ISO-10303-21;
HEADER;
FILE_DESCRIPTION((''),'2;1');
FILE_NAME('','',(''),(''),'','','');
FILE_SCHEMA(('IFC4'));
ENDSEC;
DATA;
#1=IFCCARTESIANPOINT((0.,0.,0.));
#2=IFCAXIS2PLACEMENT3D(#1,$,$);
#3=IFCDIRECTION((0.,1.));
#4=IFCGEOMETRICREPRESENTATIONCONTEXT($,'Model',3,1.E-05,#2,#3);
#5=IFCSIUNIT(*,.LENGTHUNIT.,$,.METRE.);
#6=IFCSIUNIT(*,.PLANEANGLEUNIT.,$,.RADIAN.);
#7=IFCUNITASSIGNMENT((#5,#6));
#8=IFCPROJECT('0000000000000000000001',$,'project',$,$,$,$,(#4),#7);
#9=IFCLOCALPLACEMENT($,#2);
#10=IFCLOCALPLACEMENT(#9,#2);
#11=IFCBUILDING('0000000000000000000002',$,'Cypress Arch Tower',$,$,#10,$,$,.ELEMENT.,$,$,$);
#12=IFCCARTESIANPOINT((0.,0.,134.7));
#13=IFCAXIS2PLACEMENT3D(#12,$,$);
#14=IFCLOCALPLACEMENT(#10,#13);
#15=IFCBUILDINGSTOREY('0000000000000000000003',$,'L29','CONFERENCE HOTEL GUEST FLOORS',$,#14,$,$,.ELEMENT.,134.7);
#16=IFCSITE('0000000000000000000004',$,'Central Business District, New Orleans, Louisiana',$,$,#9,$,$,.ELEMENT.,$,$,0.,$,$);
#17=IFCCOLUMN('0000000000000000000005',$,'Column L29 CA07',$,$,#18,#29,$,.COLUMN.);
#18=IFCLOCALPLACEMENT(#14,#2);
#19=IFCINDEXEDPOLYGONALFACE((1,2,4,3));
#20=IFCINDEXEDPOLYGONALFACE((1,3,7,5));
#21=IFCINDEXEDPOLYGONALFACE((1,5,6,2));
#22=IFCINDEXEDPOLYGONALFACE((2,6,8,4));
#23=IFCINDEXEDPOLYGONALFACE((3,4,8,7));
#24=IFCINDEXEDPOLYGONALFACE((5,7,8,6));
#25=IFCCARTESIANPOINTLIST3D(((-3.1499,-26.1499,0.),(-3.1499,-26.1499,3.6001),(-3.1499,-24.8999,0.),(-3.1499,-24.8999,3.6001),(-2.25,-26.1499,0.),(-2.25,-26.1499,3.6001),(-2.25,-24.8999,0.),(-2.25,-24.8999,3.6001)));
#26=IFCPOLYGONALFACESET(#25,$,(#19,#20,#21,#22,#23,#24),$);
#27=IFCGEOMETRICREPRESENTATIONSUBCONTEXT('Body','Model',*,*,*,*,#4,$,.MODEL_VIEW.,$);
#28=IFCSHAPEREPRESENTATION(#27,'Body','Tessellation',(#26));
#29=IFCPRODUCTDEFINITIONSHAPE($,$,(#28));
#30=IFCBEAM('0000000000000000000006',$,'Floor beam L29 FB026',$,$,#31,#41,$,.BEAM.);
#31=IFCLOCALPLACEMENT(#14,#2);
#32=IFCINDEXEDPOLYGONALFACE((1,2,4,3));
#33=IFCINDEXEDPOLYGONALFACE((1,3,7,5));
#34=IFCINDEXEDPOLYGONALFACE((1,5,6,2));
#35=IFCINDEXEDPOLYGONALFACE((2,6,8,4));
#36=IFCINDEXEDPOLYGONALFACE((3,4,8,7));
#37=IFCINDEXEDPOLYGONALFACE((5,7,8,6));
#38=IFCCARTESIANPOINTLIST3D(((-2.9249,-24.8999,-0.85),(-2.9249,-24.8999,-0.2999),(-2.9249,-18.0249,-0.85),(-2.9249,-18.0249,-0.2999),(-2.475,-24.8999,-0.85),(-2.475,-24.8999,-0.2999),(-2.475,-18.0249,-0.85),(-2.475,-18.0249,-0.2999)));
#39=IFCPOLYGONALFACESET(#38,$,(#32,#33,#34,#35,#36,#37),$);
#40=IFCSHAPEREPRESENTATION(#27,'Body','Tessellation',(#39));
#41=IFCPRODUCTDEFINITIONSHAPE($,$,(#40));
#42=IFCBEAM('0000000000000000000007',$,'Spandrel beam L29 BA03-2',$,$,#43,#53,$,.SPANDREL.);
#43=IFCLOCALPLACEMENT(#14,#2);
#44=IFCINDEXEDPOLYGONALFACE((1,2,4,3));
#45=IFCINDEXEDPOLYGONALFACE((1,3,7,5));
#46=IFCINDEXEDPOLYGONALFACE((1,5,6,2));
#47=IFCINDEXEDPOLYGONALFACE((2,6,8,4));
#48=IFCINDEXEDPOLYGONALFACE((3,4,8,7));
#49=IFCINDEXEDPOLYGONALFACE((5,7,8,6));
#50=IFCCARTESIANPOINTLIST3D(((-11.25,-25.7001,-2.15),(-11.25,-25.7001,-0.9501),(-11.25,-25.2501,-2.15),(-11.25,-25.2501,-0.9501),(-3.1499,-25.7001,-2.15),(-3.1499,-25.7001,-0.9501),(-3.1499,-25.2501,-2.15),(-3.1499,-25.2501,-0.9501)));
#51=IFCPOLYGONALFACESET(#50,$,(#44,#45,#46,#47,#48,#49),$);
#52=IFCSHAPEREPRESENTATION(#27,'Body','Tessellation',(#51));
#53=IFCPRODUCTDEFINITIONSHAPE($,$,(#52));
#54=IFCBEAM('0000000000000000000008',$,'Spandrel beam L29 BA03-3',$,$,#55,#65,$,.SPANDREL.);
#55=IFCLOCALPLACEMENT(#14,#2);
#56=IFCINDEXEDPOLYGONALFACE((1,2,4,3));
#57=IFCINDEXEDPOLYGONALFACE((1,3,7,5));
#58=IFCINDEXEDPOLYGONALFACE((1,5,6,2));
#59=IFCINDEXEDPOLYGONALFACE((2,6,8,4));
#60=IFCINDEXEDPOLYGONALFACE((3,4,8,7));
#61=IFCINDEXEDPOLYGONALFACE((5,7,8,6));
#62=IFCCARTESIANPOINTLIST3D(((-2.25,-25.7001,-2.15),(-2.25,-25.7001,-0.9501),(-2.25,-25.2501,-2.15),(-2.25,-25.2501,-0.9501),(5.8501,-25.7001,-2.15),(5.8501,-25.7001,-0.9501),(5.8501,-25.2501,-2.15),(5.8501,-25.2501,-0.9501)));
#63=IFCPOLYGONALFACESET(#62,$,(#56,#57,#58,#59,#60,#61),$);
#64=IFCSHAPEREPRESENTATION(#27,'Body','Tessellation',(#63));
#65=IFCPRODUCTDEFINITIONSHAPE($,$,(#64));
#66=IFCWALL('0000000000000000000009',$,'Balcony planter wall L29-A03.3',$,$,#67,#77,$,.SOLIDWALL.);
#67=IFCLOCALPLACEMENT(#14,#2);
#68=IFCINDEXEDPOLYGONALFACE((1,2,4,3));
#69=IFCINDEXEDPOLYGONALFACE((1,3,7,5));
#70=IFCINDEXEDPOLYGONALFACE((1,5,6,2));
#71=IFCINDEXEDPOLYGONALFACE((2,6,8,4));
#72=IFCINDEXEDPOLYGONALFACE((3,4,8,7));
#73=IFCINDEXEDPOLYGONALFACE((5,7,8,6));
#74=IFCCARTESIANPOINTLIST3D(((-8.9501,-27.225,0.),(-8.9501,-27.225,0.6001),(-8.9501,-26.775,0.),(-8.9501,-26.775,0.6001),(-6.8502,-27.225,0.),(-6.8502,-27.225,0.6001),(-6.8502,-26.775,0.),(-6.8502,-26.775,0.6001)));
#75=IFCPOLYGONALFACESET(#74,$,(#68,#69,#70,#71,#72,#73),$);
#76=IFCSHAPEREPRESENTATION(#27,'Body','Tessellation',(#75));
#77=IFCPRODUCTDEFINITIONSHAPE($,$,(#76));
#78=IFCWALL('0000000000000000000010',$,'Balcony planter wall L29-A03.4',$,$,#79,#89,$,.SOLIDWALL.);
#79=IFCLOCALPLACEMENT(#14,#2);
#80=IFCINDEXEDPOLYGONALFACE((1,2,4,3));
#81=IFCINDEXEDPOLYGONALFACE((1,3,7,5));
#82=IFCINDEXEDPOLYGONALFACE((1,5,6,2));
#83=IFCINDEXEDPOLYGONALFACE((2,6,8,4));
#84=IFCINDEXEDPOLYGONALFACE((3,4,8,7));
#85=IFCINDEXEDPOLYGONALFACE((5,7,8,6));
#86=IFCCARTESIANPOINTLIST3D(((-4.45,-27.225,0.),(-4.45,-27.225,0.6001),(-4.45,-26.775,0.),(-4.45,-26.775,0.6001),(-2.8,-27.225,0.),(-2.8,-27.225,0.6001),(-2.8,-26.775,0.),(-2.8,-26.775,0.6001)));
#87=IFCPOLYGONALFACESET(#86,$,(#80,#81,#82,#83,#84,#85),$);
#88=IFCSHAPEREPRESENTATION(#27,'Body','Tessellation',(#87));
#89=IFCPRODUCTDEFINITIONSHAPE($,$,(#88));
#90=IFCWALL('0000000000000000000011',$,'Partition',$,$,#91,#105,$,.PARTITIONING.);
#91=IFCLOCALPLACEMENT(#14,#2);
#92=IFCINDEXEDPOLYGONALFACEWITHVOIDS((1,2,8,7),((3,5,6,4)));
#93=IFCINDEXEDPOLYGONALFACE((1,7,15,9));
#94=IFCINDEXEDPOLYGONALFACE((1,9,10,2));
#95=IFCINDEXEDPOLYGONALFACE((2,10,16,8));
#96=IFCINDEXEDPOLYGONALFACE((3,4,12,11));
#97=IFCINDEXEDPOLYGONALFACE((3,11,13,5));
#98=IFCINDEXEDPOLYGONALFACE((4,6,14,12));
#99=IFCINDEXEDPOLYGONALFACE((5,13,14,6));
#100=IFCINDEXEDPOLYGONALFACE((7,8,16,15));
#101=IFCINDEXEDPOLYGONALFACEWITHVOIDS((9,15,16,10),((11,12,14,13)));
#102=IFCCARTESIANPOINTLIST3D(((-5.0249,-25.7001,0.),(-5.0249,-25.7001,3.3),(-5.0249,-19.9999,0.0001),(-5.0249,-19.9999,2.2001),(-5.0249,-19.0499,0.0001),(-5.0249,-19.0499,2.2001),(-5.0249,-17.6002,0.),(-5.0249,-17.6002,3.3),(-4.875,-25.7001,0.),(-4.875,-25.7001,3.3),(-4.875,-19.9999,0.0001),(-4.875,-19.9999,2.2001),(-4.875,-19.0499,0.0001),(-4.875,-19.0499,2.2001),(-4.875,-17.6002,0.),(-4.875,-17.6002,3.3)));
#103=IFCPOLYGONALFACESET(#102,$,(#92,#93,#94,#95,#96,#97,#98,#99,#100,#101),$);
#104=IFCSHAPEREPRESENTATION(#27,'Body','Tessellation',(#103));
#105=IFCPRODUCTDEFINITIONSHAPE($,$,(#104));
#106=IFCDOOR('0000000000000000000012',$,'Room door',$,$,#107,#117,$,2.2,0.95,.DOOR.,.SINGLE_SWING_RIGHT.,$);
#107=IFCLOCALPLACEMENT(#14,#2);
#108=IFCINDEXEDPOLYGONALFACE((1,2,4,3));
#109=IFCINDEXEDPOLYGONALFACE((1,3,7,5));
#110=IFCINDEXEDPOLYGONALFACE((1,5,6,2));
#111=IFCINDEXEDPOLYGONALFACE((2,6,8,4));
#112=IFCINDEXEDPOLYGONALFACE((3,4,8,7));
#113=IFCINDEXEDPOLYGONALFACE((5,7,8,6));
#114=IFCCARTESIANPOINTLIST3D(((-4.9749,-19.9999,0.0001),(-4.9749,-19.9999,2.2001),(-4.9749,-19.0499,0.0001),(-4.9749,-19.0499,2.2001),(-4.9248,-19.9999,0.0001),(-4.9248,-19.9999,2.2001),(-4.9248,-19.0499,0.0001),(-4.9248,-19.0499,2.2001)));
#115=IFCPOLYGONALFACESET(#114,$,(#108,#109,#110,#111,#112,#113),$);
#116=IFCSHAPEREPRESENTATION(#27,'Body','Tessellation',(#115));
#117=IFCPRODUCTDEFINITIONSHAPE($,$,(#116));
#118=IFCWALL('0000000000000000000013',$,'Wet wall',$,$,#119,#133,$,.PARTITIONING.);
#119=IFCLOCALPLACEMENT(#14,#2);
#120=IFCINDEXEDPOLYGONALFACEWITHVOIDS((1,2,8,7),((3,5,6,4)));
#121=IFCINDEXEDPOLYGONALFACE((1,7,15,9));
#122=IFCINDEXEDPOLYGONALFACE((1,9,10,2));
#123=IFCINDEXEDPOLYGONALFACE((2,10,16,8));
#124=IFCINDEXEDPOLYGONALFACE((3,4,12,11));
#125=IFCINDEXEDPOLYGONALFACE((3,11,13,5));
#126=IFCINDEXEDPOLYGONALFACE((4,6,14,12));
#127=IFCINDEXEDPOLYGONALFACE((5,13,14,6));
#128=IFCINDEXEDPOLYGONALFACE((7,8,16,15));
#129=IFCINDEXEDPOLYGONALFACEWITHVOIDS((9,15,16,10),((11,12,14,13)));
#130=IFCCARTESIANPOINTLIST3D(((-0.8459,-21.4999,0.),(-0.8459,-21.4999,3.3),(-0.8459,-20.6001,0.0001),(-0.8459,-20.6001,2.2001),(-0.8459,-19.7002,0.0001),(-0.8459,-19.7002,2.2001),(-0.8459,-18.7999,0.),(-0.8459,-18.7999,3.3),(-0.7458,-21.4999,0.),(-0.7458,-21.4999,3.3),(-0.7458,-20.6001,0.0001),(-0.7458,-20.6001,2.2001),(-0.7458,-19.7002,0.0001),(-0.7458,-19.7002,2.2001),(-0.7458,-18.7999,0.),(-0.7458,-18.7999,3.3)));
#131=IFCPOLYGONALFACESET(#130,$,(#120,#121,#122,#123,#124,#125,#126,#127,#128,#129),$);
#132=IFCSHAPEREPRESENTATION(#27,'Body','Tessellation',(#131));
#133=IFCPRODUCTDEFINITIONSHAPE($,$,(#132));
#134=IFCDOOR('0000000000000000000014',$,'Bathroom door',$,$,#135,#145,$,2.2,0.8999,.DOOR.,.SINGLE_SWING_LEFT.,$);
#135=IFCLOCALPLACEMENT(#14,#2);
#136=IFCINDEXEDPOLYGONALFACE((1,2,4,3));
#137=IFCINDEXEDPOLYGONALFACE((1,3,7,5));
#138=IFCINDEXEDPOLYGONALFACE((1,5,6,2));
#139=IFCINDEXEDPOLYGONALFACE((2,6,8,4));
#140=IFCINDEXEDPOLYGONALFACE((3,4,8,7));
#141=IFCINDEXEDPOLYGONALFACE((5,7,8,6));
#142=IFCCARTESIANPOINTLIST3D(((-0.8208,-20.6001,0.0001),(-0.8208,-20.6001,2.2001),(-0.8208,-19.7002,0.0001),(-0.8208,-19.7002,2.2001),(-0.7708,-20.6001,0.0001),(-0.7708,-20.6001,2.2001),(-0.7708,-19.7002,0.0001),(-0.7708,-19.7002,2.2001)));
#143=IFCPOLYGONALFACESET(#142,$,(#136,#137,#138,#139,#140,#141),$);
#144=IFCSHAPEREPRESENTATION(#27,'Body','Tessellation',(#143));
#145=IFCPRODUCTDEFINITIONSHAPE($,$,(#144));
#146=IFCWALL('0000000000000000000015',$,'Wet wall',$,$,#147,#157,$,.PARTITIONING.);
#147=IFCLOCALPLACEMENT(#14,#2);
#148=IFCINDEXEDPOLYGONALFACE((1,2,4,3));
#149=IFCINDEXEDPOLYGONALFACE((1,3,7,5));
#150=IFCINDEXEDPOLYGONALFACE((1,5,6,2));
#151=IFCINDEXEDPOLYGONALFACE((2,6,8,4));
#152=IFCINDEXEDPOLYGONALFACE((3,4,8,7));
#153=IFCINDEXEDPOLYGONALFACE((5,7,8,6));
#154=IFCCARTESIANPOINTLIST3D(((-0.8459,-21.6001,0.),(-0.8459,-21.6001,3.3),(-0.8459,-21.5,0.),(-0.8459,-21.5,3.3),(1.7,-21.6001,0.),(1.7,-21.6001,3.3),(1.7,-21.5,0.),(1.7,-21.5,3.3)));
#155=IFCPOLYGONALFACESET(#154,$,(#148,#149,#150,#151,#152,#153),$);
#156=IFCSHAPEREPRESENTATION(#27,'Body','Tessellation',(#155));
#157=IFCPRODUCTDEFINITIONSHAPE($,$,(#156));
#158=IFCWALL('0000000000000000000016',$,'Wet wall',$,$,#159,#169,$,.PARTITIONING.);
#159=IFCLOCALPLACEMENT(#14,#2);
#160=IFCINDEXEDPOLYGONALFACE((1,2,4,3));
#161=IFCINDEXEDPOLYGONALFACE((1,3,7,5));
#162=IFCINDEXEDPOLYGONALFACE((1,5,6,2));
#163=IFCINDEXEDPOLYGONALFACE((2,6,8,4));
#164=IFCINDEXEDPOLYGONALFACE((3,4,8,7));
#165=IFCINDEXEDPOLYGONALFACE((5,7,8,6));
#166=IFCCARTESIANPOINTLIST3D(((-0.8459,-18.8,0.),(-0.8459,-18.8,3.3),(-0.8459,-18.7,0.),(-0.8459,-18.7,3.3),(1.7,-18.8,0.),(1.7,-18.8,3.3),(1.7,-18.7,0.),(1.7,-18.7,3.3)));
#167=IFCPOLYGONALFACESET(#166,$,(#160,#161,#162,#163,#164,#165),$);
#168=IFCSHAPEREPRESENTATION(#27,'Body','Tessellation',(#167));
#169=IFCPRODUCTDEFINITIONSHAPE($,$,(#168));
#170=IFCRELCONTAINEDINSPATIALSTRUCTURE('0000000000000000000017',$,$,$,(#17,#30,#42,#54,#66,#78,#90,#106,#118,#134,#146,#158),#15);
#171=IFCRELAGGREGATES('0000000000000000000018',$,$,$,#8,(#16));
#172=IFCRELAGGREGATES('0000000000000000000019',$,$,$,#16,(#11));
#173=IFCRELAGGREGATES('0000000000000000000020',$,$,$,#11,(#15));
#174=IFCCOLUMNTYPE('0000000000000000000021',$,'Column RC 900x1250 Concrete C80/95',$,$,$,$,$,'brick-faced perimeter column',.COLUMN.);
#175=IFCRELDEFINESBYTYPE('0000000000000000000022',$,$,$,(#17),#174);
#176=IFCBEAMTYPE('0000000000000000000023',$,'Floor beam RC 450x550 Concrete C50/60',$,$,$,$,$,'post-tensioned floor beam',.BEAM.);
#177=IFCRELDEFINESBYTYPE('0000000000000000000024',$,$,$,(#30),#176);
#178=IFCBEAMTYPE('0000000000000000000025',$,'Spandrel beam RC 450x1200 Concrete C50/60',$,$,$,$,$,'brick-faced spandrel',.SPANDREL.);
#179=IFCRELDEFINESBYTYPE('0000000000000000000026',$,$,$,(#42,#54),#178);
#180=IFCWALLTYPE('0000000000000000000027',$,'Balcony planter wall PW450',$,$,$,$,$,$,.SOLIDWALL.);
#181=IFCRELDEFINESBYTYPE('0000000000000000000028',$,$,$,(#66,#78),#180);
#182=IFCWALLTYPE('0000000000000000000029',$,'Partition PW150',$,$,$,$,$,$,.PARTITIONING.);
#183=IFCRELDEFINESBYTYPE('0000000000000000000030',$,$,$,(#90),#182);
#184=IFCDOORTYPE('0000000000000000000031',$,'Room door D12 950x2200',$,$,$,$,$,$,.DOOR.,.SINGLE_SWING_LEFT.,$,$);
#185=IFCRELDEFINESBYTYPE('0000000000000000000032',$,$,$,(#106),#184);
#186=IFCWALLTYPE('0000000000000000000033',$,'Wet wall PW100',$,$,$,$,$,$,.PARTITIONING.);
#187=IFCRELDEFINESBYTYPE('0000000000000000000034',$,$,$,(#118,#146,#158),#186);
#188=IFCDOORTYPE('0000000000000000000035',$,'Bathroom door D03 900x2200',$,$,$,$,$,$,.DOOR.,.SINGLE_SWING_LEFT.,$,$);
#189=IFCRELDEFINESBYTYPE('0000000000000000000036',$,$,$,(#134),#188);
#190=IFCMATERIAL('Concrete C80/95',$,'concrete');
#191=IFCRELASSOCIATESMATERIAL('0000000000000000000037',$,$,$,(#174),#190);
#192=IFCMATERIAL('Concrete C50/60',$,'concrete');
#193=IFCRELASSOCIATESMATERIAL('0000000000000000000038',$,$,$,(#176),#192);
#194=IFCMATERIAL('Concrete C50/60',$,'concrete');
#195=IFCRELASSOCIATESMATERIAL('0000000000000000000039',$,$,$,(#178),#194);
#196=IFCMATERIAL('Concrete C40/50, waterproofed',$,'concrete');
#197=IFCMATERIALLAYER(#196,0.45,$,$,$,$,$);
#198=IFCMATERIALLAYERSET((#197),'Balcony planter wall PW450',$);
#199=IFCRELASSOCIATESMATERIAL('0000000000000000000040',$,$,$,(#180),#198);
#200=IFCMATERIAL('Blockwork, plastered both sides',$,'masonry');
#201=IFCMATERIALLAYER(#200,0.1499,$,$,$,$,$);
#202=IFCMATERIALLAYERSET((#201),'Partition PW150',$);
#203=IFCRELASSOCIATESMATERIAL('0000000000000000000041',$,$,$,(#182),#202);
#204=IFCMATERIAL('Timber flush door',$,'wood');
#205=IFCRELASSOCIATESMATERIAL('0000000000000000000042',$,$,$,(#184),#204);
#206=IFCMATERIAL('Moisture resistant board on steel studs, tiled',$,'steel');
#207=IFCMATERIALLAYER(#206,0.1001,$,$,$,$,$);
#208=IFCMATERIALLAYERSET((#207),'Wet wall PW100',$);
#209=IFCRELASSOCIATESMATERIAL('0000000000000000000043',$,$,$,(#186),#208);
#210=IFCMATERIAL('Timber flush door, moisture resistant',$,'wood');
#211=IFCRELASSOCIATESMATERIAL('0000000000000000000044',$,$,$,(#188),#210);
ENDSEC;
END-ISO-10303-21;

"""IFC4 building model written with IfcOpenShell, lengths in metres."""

from ifc_helpers import new_model, si_unit, direction, frame, frame_2d, origin, origin_2d, place, context, subcontext, project, spatial, rectangle, extrude, material, layer, layer_set, material_profile, profile_set, type_object, element, fill, save


model = new_model("IFC4")

# Units and contexts
model_context = context("Model", 3, precision=1e-05, world=origin(), true_north=direction((0.0, 1.0)))
body_context = subcontext(model_context, "Body", "Model", "MODEL_VIEW")
ifc_project = project(units=[si_unit("LENGTHUNIT", "METRE"), si_unit("PLANEANGLEUNIT", "RADIAN")], contexts=[model_context])

# Site, building, storey
site_placement = place(None, origin())
site = spatial("IfcSite", under=ifc_project, at=site_placement, Name="Central Business District, New Orleans, Louisiana", CompositionType="ELEMENT", RefElevation=0.0)
building_placement = place(site_placement, origin())
building = spatial("IfcBuilding", under=site, at=building_placement, Name="Cypress Arch Tower", CompositionType="ELEMENT")
storey_placement = place(building_placement, frame((0.0, 0.0, 134.7)))
storey = spatial("IfcBuildingStorey", under=building, at=storey_placement, Name="L29", Description="CONFERENCE HOTEL GUEST FLOORS", CompositionType="ELEMENT", Elevation=134.7)

# Column
ifc_material_1 = material(Name="Concrete C80/95", Category="concrete")
ifc_material_profile_1 = material_profile(ifc_material_1, rectangle(XDim=0.8999, YDim=1.25, at=origin_2d()), Name="RC 900x1250")
ifc_profile_set_1 = profile_set([ifc_material_profile_1], Name="Concrete C80/95")
column_type = type_object("IfcColumnType", Name="Column RC 900x1250 Concrete C80/95", ElementType="brick-faced perimeter column", PredefinedType="COLUMN", material=ifc_profile_set_1)
column_placement = place(storey_placement, frame((-2.7, -25.5249, 0.0), z_axis=(0.0, 0.0, 1.0), x_axis=(1.0, 0.0, 0.0)))
element("IfcColumn", 1, at=column_placement, inside=storey, type_object=column_type, Name="Column L29 CA07", PredefinedType="COLUMN", context=body_context, shape_type="SweptSolid", body=[
    extrude(rectangle(XDim=0.8999, YDim=1.25, at=origin_2d()), origin(), (0.0, 0.0, 1.0), 3.6001),
])

# Beams
ifc_material_2 = material(Name="Concrete C50/60", Category="concrete")
ifc_material_profile_2 = material_profile(ifc_material_2, rectangle(XDim=0.45, YDim=0.55, at=origin_2d()), Name="RC 450x550")
ifc_profile_set_2 = profile_set([ifc_material_profile_2], Name="Concrete C50/60")
beam_type_1 = type_object("IfcBeamType", Name="Floor beam RC 450x550 Concrete C50/60", ElementType="post-tensioned floor beam", PredefinedType="BEAM", material=ifc_profile_set_2)
beam_placement = place(storey_placement, frame((-2.7, -24.8999, -0.575), z_axis=(0.0, 1.0, 0.0), x_axis=(-1.0, 0.0, 0.0)))
element("IfcBeam", 2, at=beam_placement, inside=storey, type_object=beam_type_1, Name="Floor beam L29 FB026", PredefinedType="BEAM", context=body_context, shape_type="SweptSolid", body=[
    extrude(rectangle(XDim=0.45, YDim=0.55, at=origin_2d()), origin(), (0.0, 0.0, 1.0), 6.875),
])
ifc_material_3 = material(Name="Concrete C50/60", Category="concrete")
ifc_material_profile_3 = material_profile(ifc_material_3, rectangle(XDim=0.45, YDim=1.2, at=origin_2d()), Name="RC 450x1200")
ifc_profile_set_3 = profile_set([ifc_material_profile_3], Name="Concrete C50/60")
beam_type_2 = type_object("IfcBeamType", Name="Spandrel beam RC 450x1200 Concrete C50/60", ElementType="brick-faced spandrel", PredefinedType="SPANDREL", material=ifc_profile_set_3)
for number, where, z_axis, x_axis, name in (
    (3, (-11.25, -25.4751, -1.55), (1.0, 0.0, 0.0), (0.0, 1.0, 0.0), "Spandrel beam L29 BA03-2"),
    (4, (-2.25, -25.4751, -1.55), (1.0, 0.0, 0.0), (0.0, 1.0, 0.0), "Spandrel beam L29 BA03-3"),
):
    element("IfcBeam", number, at=place(storey_placement, frame(where, z_axis=z_axis, x_axis=x_axis)), inside=storey, type_object=beam_type_2, Name=name, PredefinedType="SPANDREL", context=body_context, shape_type="SweptSolid", body=[
        extrude(rectangle(XDim=0.45, YDim=1.2, at=origin_2d()), origin(), (0.0, 0.0, 1.0), 8.1001),
    ])

# Walls
ifc_material_4 = material(Name="Concrete C40/50, waterproofed", Category="concrete")
ifc_layer_1 = layer(ifc_material_4, 0.45)
ifc_layer_set_1 = layer_set([ifc_layer_1], Name="Balcony planter wall PW450")
wall_type_1 = type_object("IfcWallType", Name="Balcony planter wall PW450", PredefinedType="SOLIDWALL", material=ifc_layer_set_1)
wall_1_placement = place(storey_placement, frame((-8.95, -27.0, 0.0), z_axis=(0.0, 0.0, 1.0), x_axis=(1.0, 0.0, 0.0)))
element("IfcWall", 5, at=wall_1_placement, inside=storey, type_object=wall_type_1, Name="Balcony planter wall L29-A03.3", PredefinedType="SOLIDWALL", context=body_context, shape_type="SweptSolid", body=[
    extrude(rectangle(XDim=2.0999, YDim=0.45, at=frame_2d((1.0498, 0.0))), origin(), (0.0, 0.0, 1.0), 0.6001),
])
wall_2_placement = place(storey_placement, frame((-4.45, -27.0, 0.0), z_axis=(0.0, 0.0, 1.0), x_axis=(1.0, 0.0, 0.0)))
element("IfcWall", 6, at=wall_2_placement, inside=storey, type_object=wall_type_1, Name="Balcony planter wall L29-A03.4", PredefinedType="SOLIDWALL", context=body_context, shape_type="SweptSolid", body=[
    extrude(rectangle(XDim=1.6499, YDim=0.45, at=frame_2d((0.825, 0.0))), origin(), (0.0, 0.0, 1.0), 0.6001),
])

# Walls, openings, doors
ifc_material_5 = material(Name="Blockwork, plastered both sides", Category="masonry")
ifc_layer_2 = layer(ifc_material_5, 0.1499)
ifc_layer_set_2 = layer_set([ifc_layer_2], Name="Partition PW150")
wall_type_2 = type_object("IfcWallType", Name="Partition PW150", PredefinedType="PARTITIONING", material=ifc_layer_set_2)
wall_3_placement = place(storey_placement, frame((-4.95, -25.7, 0.0), z_axis=(0.0, 0.0, 1.0), x_axis=(0.0, 1.0, 0.0)))
wall_3 = element("IfcWall", 7, at=wall_3_placement, inside=storey, type_object=wall_type_2, Name="Partition", PredefinedType="PARTITIONING", context=body_context, shape_type="SweptSolid", body=[
    extrude(rectangle(XDim=8.0999, YDim=0.1499, at=frame_2d((4.0498, 0.0))), origin(), (0.0, 0.0, 1.0), 3.3),
])
opening_1_placement = place(wall_3_placement, frame((5.7, 0.0, 0.0)))
opening_1 = element("IfcOpeningElement", 8, at=opening_1_placement, cuts=wall_3, PredefinedType="OPENING", context=body_context, shape_type="SweptSolid", body=[
    extrude(rectangle(XDim=0.95, YDim=2.2, at=frame_2d((0.4751, 1.1001))), frame((0.0, 0.085, 0.0), z_axis=(0.0, -1.0, 0.0), x_axis=(1.0, 0.0, 0.0)), (0.0, 0.0, 1.0), 0.1699),
])
ifc_material_6 = material(Name="Timber flush door", Category="wood")
door_type_1 = type_object("IfcDoorType", Name="Room door D12 950x2200", OperationType="SINGLE_SWING_LEFT", PredefinedType="DOOR", material=ifc_material_6)
door_1_placement = place(opening_1_placement, origin())
door_1 = element("IfcDoor", 9, at=door_1_placement, inside=storey, type_object=door_type_1, Name="Room door", OperationType="SINGLE_SWING_RIGHT", OverallHeight=2.2, OverallWidth=0.95, PredefinedType="DOOR", context=body_context, shape_type="SweptSolid", body=[
    extrude(rectangle(XDim=0.95, YDim=2.2, at=frame_2d((0.4751, 1.1001))), frame((0.0, 0.0249, 0.0), z_axis=(0.0, -1.0, 0.0), x_axis=(1.0, 0.0, 0.0)), (0.0, 0.0, 1.0), 0.05),
])
fill(opening_1, door_1)
ifc_material_7 = material(Name="Moisture resistant board on steel studs, tiled", Category="steel")
ifc_layer_3 = layer(ifc_material_7, 0.1001)
ifc_layer_set_3 = layer_set([ifc_layer_3], Name="Wet wall PW100")
wall_type_3 = type_object("IfcWallType", Name="Wet wall PW100", PredefinedType="PARTITIONING", material=ifc_layer_set_3)
wall_4_placement = place(storey_placement, frame((-0.7959, -21.5, 0.0), z_axis=(0.0, 0.0, 1.0), x_axis=(0.0, 1.0, 0.0)))
wall_4 = element("IfcWall", 10, at=wall_4_placement, inside=storey, type_object=wall_type_3, Name="Wet wall", PredefinedType="PARTITIONING", context=body_context, shape_type="SweptSolid", body=[
    extrude(rectangle(XDim=2.7, YDim=0.1001, at=frame_2d((1.3501, 0.0))), origin(), (0.0, 0.0, 1.0), 3.3),
])
opening_2_placement = place(wall_4_placement, frame((0.8999, 0.0, 0.0)))
opening_2 = element("IfcOpeningElement", 11, at=opening_2_placement, cuts=wall_4, PredefinedType="OPENING", context=body_context, shape_type="SweptSolid", body=[
    extrude(rectangle(XDim=0.8999, YDim=2.2, at=frame_2d((0.45, 1.1001))), frame((0.0, 0.0601, 0.0), z_axis=(0.0, -1.0, 0.0), x_axis=(1.0, 0.0, 0.0)), (0.0, 0.0, 1.0), 0.1201),
])
ifc_material_8 = material(Name="Timber flush door, moisture resistant", Category="wood")
door_type_2 = type_object("IfcDoorType", Name="Bathroom door D03 900x2200", OperationType="SINGLE_SWING_LEFT", PredefinedType="DOOR", material=ifc_material_8)
door_2_placement = place(opening_2_placement, origin())
door_2 = element("IfcDoor", 12, at=door_2_placement, inside=storey, type_object=door_type_2, Name="Bathroom door", OperationType="SINGLE_SWING_LEFT", OverallHeight=2.2, OverallWidth=0.8999, PredefinedType="DOOR", context=body_context, shape_type="SweptSolid", body=[
    extrude(rectangle(XDim=0.8999, YDim=2.2, at=frame_2d((0.45, 1.1001))), frame((0.0, 0.0249, 0.0), z_axis=(0.0, -1.0, 0.0), x_axis=(1.0, 0.0, 0.0)), (0.0, 0.0, 1.0), 0.05),
])
fill(opening_2, door_2)

# Walls
for number, where, z_axis, x_axis, name in (
    (13, (-0.8459, -21.55, 0.0), (0.0, 0.0, 1.0), (1.0, 0.0, 0.0), "Wet wall"),
    (14, (-0.8459, -18.75, 0.0), (0.0, 0.0, 1.0), (1.0, 0.0, 0.0), "Wet wall"),
):
    element("IfcWall", number, at=place(storey_placement, frame(where, z_axis=z_axis, x_axis=x_axis)), inside=storey, type_object=wall_type_3, Name=name, PredefinedType="PARTITIONING", context=body_context, shape_type="SweptSolid", body=[
        extrude(rectangle(XDim=2.5459, YDim=0.1001, at=frame_2d((1.2729, 0.0))), origin(), (0.0, 0.0, 1.0), 3.3),
    ])

save(model, "model.ifc")
